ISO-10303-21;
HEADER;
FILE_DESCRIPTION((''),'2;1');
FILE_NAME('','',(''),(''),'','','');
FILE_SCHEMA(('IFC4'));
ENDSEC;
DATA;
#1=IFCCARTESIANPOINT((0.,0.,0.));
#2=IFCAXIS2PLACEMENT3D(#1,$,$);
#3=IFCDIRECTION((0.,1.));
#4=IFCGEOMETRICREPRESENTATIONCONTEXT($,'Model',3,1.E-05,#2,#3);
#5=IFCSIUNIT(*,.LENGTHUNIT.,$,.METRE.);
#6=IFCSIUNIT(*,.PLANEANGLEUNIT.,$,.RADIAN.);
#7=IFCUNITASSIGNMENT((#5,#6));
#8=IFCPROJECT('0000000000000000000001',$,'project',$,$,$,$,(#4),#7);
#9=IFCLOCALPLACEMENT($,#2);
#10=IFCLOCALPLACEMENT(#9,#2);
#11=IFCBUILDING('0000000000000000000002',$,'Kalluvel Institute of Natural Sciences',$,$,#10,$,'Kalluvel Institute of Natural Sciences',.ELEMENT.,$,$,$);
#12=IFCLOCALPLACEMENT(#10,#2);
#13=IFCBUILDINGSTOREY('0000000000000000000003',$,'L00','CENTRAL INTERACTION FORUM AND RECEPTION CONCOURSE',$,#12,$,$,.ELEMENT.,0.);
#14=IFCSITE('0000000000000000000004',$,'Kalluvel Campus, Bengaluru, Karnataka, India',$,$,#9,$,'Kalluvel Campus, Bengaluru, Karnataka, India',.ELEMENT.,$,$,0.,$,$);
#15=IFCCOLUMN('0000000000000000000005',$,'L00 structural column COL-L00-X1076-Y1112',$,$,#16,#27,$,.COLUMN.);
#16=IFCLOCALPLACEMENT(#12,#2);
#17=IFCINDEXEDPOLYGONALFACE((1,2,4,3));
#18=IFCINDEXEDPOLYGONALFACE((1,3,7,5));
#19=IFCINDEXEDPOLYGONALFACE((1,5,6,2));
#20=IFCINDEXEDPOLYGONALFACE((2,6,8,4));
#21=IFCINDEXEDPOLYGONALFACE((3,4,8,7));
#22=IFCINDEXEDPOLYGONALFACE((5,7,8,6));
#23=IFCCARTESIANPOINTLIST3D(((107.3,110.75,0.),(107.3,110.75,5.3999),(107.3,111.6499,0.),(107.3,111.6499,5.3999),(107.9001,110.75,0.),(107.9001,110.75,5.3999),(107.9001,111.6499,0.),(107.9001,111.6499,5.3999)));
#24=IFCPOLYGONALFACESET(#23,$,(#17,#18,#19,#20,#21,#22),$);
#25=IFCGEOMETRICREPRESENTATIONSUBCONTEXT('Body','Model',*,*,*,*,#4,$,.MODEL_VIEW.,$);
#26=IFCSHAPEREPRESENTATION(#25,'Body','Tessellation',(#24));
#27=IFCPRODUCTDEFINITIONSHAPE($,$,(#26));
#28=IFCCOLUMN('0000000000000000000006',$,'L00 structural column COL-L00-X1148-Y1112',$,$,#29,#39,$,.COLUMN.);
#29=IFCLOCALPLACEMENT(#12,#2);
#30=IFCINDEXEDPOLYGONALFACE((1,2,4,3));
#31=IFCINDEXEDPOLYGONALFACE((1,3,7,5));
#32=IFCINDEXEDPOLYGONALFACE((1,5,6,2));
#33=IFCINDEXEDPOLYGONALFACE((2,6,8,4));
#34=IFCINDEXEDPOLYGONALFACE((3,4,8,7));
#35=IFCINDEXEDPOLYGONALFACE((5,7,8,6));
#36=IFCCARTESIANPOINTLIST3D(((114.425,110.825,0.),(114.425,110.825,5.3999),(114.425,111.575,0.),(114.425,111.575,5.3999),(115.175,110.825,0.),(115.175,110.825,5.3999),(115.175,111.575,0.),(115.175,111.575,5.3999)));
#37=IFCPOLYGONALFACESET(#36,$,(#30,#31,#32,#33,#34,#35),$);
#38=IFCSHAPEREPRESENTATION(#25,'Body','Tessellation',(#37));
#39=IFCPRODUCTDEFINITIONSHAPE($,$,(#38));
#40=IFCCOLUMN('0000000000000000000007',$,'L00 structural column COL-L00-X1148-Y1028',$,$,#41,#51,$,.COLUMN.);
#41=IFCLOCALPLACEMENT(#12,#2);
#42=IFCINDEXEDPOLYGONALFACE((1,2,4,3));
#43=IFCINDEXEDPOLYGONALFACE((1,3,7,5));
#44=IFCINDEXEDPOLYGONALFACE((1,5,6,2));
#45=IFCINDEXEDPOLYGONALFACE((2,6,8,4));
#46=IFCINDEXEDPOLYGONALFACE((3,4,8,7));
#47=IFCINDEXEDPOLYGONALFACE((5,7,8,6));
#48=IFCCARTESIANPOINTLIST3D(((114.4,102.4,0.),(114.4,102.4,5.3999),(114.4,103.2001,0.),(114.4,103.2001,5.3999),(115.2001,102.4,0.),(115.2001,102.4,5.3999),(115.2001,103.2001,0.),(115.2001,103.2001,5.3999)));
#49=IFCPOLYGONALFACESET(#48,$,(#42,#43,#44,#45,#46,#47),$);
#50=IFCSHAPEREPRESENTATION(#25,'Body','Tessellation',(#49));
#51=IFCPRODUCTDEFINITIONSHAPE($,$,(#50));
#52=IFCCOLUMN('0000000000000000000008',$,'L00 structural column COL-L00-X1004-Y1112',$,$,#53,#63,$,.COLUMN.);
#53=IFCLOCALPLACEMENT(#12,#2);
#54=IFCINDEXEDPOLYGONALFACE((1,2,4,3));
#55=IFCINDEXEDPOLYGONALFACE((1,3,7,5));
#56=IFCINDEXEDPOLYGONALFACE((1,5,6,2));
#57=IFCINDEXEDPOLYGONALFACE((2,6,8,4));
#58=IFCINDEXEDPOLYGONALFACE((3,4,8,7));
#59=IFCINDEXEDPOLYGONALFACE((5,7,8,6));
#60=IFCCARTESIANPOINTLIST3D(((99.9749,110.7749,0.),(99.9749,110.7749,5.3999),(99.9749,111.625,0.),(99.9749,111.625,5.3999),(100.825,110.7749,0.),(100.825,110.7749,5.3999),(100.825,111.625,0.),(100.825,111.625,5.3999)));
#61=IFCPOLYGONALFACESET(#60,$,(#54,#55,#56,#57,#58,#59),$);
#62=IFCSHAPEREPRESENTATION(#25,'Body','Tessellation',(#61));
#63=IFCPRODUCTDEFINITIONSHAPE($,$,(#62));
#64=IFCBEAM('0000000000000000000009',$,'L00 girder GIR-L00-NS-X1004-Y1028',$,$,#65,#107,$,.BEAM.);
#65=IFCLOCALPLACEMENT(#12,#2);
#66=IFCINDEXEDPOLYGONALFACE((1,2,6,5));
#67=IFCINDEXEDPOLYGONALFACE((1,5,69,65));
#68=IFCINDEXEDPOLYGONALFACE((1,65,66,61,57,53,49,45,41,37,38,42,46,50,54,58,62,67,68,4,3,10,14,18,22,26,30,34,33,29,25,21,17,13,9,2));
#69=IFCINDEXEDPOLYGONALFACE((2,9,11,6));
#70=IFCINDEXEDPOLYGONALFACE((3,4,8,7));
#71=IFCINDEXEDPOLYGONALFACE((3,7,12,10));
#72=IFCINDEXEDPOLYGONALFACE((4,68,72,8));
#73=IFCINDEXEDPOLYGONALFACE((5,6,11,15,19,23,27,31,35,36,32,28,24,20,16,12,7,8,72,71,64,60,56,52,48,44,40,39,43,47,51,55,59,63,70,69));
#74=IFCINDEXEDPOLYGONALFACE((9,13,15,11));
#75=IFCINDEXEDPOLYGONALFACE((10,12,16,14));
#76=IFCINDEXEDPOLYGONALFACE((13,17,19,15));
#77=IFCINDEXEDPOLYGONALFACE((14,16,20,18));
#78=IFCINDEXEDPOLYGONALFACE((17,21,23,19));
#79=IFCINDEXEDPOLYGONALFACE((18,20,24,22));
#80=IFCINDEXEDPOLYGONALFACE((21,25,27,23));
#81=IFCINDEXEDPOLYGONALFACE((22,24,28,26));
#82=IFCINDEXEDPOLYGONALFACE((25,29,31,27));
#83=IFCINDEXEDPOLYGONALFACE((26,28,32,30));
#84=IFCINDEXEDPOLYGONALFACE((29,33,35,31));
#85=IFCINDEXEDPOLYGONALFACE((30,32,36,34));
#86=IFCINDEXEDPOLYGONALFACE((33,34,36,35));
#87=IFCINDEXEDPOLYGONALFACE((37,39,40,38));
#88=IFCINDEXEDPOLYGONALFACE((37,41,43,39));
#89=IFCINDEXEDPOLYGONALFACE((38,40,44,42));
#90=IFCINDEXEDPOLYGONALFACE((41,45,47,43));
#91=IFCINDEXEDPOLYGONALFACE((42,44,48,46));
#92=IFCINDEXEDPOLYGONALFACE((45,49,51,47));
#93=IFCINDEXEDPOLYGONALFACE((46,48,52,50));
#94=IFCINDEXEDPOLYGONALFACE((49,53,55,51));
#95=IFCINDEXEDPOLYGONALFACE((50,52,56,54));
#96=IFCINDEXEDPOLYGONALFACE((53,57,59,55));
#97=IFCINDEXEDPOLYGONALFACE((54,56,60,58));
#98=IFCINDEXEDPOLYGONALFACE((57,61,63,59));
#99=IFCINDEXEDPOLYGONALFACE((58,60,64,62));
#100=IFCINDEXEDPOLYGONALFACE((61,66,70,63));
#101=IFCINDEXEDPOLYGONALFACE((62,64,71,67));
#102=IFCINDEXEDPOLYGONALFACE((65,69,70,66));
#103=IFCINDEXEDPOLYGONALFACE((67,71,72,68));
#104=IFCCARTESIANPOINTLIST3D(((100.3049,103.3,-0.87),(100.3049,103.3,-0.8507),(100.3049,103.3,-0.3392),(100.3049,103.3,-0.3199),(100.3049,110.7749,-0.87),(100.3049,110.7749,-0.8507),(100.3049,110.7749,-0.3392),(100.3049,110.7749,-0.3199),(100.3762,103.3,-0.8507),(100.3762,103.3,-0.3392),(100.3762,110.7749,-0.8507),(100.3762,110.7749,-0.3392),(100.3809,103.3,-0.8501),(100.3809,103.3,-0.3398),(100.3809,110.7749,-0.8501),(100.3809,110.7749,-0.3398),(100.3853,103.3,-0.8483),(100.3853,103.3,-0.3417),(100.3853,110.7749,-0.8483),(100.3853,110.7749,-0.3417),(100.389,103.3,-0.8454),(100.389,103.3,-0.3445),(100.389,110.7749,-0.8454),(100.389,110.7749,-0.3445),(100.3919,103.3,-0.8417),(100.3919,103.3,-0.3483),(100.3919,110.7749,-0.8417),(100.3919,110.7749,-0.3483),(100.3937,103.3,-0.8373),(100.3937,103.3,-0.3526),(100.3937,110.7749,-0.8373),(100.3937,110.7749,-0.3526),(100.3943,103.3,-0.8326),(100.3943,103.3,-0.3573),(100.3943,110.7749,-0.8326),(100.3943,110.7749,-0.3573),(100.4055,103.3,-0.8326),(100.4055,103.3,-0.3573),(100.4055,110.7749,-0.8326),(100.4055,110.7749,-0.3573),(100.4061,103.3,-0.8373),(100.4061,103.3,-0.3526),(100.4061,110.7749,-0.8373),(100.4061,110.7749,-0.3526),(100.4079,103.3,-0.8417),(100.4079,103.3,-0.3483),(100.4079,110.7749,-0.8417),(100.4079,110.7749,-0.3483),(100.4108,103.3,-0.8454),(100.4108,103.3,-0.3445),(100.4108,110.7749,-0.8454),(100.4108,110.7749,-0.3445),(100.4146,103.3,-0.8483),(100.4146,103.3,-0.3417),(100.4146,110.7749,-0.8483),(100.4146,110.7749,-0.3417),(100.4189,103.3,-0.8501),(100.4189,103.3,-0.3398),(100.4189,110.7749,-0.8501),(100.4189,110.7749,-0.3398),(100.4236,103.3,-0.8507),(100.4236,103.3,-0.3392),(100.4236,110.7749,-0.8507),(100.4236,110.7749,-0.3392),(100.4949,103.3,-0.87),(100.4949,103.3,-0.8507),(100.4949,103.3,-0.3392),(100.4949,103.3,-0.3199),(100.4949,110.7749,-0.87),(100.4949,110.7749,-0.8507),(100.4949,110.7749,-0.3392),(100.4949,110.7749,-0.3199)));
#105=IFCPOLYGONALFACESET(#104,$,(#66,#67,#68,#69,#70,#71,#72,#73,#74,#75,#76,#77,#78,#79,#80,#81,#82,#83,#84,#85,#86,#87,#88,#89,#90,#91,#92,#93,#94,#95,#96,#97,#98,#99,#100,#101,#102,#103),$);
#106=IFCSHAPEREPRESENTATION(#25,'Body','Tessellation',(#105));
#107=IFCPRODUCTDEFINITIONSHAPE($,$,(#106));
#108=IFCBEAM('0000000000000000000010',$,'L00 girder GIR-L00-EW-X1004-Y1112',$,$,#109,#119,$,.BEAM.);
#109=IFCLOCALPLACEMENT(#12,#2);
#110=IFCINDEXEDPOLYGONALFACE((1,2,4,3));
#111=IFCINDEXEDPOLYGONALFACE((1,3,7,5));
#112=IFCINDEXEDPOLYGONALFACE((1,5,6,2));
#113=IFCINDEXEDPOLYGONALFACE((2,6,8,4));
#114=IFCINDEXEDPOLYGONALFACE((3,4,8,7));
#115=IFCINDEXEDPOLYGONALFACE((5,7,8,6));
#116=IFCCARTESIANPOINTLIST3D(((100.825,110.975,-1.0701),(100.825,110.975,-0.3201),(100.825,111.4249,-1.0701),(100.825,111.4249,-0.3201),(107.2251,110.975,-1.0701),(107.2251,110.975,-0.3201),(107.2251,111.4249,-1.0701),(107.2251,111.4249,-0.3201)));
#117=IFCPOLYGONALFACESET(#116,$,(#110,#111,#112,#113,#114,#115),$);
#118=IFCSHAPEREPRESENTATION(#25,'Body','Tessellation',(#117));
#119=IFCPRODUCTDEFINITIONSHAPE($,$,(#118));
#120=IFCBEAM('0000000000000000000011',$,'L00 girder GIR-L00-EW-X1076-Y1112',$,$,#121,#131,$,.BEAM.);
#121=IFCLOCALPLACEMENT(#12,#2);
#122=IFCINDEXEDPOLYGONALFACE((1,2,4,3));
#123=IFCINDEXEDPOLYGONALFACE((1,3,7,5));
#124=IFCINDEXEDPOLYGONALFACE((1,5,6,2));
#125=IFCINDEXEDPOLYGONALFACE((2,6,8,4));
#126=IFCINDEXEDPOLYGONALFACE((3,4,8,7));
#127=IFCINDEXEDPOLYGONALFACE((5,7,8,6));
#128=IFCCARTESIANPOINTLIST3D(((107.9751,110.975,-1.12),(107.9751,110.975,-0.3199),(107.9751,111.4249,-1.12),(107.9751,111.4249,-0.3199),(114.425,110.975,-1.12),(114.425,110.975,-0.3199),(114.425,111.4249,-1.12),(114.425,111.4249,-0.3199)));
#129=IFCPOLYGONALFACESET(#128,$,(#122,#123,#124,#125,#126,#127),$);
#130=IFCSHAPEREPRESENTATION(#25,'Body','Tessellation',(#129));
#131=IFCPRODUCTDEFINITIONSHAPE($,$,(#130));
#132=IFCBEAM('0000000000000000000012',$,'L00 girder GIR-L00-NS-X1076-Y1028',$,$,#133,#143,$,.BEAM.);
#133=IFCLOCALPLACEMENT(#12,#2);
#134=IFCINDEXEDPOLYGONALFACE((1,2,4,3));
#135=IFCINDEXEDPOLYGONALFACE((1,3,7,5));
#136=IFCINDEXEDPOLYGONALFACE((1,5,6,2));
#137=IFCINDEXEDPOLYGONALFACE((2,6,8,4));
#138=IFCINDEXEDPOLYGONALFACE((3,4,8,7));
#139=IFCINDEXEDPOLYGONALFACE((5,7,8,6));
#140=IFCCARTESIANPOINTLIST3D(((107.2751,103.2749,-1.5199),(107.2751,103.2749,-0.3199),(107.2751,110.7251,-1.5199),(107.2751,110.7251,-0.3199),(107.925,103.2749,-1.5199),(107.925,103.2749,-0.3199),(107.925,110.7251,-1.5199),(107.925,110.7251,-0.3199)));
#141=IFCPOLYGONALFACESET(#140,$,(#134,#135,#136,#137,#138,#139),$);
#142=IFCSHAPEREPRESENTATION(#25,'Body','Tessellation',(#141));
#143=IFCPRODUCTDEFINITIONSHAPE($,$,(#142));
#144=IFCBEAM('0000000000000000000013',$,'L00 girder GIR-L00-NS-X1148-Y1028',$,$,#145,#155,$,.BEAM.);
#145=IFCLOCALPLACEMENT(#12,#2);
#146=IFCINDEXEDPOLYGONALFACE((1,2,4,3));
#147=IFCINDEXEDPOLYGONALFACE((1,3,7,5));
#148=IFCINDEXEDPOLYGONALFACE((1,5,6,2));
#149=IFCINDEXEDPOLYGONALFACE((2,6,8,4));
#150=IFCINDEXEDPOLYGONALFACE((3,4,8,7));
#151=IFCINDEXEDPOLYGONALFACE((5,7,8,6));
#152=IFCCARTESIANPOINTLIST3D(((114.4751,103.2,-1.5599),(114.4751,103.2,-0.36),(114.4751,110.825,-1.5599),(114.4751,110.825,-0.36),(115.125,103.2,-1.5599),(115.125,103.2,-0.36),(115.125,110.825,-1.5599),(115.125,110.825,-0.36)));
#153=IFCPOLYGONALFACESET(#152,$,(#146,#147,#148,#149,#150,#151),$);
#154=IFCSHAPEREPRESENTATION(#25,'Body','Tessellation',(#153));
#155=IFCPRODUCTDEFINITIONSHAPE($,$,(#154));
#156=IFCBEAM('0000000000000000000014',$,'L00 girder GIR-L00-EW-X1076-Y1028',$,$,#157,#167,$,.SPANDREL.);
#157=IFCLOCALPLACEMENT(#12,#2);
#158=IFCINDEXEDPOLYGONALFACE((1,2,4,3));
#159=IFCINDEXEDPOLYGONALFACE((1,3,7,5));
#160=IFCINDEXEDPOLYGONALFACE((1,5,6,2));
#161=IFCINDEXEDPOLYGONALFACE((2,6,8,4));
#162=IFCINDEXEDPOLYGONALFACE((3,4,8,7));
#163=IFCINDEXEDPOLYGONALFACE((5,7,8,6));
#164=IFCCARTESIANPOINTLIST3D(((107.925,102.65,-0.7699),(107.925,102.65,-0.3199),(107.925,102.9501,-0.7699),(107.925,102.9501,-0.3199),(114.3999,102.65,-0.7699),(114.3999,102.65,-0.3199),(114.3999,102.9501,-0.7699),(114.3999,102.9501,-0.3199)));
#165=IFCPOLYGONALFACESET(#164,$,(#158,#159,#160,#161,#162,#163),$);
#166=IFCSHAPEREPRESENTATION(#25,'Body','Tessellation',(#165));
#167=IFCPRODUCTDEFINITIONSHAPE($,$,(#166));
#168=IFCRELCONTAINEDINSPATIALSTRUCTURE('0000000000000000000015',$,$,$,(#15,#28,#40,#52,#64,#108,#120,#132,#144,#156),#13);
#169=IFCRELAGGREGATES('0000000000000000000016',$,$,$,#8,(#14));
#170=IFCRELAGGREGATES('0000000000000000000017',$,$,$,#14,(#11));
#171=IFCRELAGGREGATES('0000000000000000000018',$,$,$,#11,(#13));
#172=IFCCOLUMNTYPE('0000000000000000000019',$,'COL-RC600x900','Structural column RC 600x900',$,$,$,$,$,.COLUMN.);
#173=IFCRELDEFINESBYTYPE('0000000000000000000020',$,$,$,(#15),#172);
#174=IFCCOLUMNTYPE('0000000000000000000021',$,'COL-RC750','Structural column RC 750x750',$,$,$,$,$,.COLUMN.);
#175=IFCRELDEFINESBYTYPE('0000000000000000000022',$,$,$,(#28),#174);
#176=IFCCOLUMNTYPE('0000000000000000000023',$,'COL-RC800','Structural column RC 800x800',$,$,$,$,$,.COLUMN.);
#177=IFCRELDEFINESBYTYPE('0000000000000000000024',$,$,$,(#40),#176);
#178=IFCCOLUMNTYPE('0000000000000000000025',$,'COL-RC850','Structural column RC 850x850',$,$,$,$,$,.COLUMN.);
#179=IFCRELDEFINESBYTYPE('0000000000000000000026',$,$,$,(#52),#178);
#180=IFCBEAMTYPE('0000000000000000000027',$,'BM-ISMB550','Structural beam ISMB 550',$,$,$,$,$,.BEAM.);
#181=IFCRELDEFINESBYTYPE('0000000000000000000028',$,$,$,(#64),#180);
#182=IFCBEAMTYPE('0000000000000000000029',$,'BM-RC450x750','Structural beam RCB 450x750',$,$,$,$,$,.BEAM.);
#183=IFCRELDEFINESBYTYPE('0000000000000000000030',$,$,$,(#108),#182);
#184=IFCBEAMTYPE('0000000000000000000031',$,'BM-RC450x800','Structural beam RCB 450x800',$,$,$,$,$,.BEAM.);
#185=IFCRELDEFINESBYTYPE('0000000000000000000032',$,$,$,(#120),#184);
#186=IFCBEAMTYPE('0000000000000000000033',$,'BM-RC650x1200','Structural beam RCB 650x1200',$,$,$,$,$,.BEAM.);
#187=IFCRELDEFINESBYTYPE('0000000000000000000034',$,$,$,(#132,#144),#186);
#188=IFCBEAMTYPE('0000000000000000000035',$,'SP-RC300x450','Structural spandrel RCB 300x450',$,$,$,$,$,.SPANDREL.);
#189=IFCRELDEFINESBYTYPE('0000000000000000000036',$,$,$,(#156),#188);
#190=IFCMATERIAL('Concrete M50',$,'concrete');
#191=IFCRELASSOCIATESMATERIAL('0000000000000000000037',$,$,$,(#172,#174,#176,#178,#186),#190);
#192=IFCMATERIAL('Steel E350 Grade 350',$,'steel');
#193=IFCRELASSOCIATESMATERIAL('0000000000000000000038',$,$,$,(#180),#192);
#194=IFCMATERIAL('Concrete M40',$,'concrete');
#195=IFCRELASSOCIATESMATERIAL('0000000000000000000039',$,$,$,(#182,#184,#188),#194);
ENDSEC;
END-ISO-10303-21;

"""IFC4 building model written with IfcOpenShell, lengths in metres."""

from ifc_helpers import new_model, si_unit, direction, frame, origin, origin_2d, place, context, subcontext, project, spatial, rectangle, i_section, extrude, material, material_profile, profile_set, type_object, element, save


model = new_model("IFC4")

# Units and contexts
model_context = context("Model", 3, precision=1e-05, world=origin(), true_north=direction((0.0, 1.0)))
body_context = subcontext(model_context, "Body", "Model", "MODEL_VIEW")
ifc_project = project(units=[si_unit("LENGTHUNIT", "METRE"), si_unit("PLANEANGLEUNIT", "RADIAN")], contexts=[model_context])

# Site, building, storey
site_placement = place(None, origin())
site = spatial("IfcSite", under=ifc_project, at=site_placement, Name="Kalluvel Campus, Bengaluru, Karnataka, India", LongName="Kalluvel Campus, Bengaluru, Karnataka, India", CompositionType="ELEMENT", RefElevation=0.0)
building_placement = place(site_placement, origin())
building = spatial("IfcBuilding", under=site, at=building_placement, Name="Kalluvel Institute of Natural Sciences", LongName="Kalluvel Institute of Natural Sciences", CompositionType="ELEMENT")
storey_placement = place(building_placement, origin())
storey = spatial("IfcBuildingStorey", under=building, at=storey_placement, Name="L00", Description="CENTRAL INTERACTION FORUM AND RECEPTION CONCOURSE", CompositionType="ELEMENT", Elevation=0.0)

# Columns
ifc_material_1 = material(Name="Concrete M50", Category="concrete")
ifc_material_profile_1 = material_profile(ifc_material_1, rectangle(XDim=0.6001, YDim=0.8999, at=origin_2d()), Name="RC 600x900")
ifc_profile_set_1 = profile_set([ifc_material_profile_1], Name="Concrete M50")
column_type_1 = type_object("IfcColumnType", Name="COL-RC600x900", Description="Structural column RC 600x900", PredefinedType="COLUMN", material=ifc_profile_set_1)
column_1_placement = place(storey_placement, frame((107.6001, 111.2, 0.0), z_axis=(0.0, 0.0, 1.0), x_axis=(1.0, 0.0, 0.0)))
element("IfcColumn", 1, at=column_1_placement, inside=storey, type_object=column_type_1, Name="L00 structural column COL-L00-X1076-Y1112", PredefinedType="COLUMN", context=body_context, shape_type="SweptSolid", body=[
    extrude(rectangle(XDim=0.6001, YDim=0.8999, at=origin_2d()), origin(), (0.0, 0.0, 1.0), 5.3999),
])
ifc_material_profile_2 = material_profile(ifc_material_1, rectangle(XDim=0.75, YDim=0.75, at=origin_2d()), Name="RC 750x750")
ifc_profile_set_2 = profile_set([ifc_material_profile_2], Name="Concrete M50")
column_type_2 = type_object("IfcColumnType", Name="COL-RC750", Description="Structural column RC 750x750", PredefinedType="COLUMN", material=ifc_profile_set_2)
column_2_placement = place(storey_placement, frame((114.8, 111.2, 0.0), z_axis=(0.0, 0.0, 1.0), x_axis=(1.0, 0.0, 0.0)))
element("IfcColumn", 2, at=column_2_placement, inside=storey, type_object=column_type_2, Name="L00 structural column COL-L00-X1148-Y1112", PredefinedType="COLUMN", context=body_context, shape_type="SweptSolid", body=[
    extrude(rectangle(XDim=0.75, YDim=0.75, at=origin_2d()), origin(), (0.0, 0.0, 1.0), 5.3999),
])
ifc_material_profile_3 = material_profile(ifc_material_1, rectangle(XDim=0.8, YDim=0.8, at=origin_2d()), Name="RC 800x800")
ifc_profile_set_3 = profile_set([ifc_material_profile_3], Name="Concrete M50")
column_type_3 = type_object("IfcColumnType", Name="COL-RC800", Description="Structural column RC 800x800", PredefinedType="COLUMN", material=ifc_profile_set_3)
column_3_placement = place(storey_placement, frame((114.8, 102.8, 0.0), z_axis=(0.0, 0.0, 1.0), x_axis=(1.0, 0.0, 0.0)))
element("IfcColumn", 3, at=column_3_placement, inside=storey, type_object=column_type_3, Name="L00 structural column COL-L00-X1148-Y1028", PredefinedType="COLUMN", context=body_context, shape_type="SweptSolid", body=[
    extrude(rectangle(XDim=0.8, YDim=0.8, at=origin_2d()), origin(), (0.0, 0.0, 1.0), 5.3999),
])
ifc_material_profile_4 = material_profile(ifc_material_1, rectangle(XDim=0.8501, YDim=0.8501, at=origin_2d()), Name="RC 850x850")
ifc_profile_set_4 = profile_set([ifc_material_profile_4], Name="Concrete M50")
column_type_4 = type_object("IfcColumnType", Name="COL-RC850", Description="Structural column RC 850x850", PredefinedType="COLUMN", material=ifc_profile_set_4)
column_4_placement = place(storey_placement, frame((100.3999, 111.2, 0.0), z_axis=(0.0, 0.0, 1.0), x_axis=(1.0, 0.0, 0.0)))
element("IfcColumn", 4, at=column_4_placement, inside=storey, type_object=column_type_4, Name="L00 structural column COL-L00-X1004-Y1112", PredefinedType="COLUMN", context=body_context, shape_type="SweptSolid", body=[
    extrude(rectangle(XDim=0.8501, YDim=0.8501, at=origin_2d()), origin(), (0.0, 0.0, 1.0), 5.3999),
])

# Beams
ifc_material_2 = material(Name="Steel E350 Grade 350", Category="steel")
ifc_material_profile_5 = material_profile(ifc_material_2, i_section(OverallWidth=0.1899, OverallDepth=0.55, WebThickness=0.0112, FlangeThickness=0.0193, FilletRadius=0.0181, at=origin_2d()), Name="ISMB 550")
ifc_profile_set_5 = profile_set([ifc_material_profile_5], Name="Steel E350 Grade 350")
beam_type_1 = type_object("IfcBeamType", Name="BM-ISMB550", Description="Structural beam ISMB 550", PredefinedType="BEAM", material=ifc_profile_set_5)
beam_1_placement = place(storey_placement, frame((100.3999, 103.3, -0.595), z_axis=(0.0, 1.0, 0.0), x_axis=(-1.0, 0.0, 0.0)))
element("IfcBeam", 5, at=beam_1_placement, inside=storey, type_object=beam_type_1, Name="L00 girder GIR-L00-NS-X1004-Y1028", PredefinedType="BEAM", context=body_context, shape_type="SweptSolid", body=[
    extrude(i_section(OverallWidth=0.1899, OverallDepth=0.55, WebThickness=0.0112, FlangeThickness=0.0193, FilletRadius=0.0181, at=origin_2d()), origin(), (0.0, 0.0, 1.0), 7.4749),
])
ifc_material_3 = material(Name="Concrete M40", Category="concrete")
ifc_material_profile_6 = material_profile(ifc_material_3, rectangle(XDim=0.45, YDim=0.75, at=origin_2d()), Name="RCB 450x750")
ifc_profile_set_6 = profile_set([ifc_material_profile_6], Name="Concrete M40")
beam_type_2 = type_object("IfcBeamType", Name="BM-RC450x750", Description="Structural beam RCB 450x750", PredefinedType="BEAM", material=ifc_profile_set_6)
beam_2_placement = place(storey_placement, frame((100.825, 111.2, -0.6951), z_axis=(1.0, 0.0, 0.0), x_axis=(0.0, 1.0, 0.0)))
element("IfcBeam", 6, at=beam_2_placement, inside=storey, type_object=beam_type_2, Name="L00 girder GIR-L00-EW-X1004-Y1112", PredefinedType="BEAM", context=body_context, shape_type="SweptSolid", body=[
    extrude(rectangle(XDim=0.45, YDim=0.75, at=origin_2d()), origin(), (0.0, 0.0, 1.0), 6.4001),
])
ifc_material_profile_7 = material_profile(ifc_material_3, rectangle(XDim=0.45, YDim=0.8, at=origin_2d()), Name="RCB 450x800")
ifc_profile_set_7 = profile_set([ifc_material_profile_7], Name="Concrete M40")
beam_type_3 = type_object("IfcBeamType", Name="BM-RC450x800", Description="Structural beam RCB 450x800", PredefinedType="BEAM", material=ifc_profile_set_7)
beam_3_placement = place(storey_placement, frame((107.9751, 111.2, -0.72), z_axis=(1.0, 0.0, 0.0), x_axis=(0.0, 1.0, 0.0)))
element("IfcBeam", 7, at=beam_3_placement, inside=storey, type_object=beam_type_3, Name="L00 girder GIR-L00-EW-X1076-Y1112", PredefinedType="BEAM", context=body_context, shape_type="SweptSolid", body=[
    extrude(rectangle(XDim=0.45, YDim=0.8, at=origin_2d()), origin(), (0.0, 0.0, 1.0), 6.45),
])
ifc_material_profile_8 = material_profile(ifc_material_1, rectangle(XDim=0.6499, YDim=1.2, at=origin_2d()), Name="RCB 650x1200")
ifc_profile_set_8 = profile_set([ifc_material_profile_8], Name="Concrete M50")
beam_type_4 = type_object("IfcBeamType", Name="BM-RC650x1200", Description="Structural beam RCB 650x1200", PredefinedType="BEAM", material=ifc_profile_set_8)
beam_4_placement = place(storey_placement, frame((107.6001, 103.2749, -0.9199), z_axis=(0.0, 1.0, 0.0), x_axis=(-1.0, 0.0, 0.0)))
element("IfcBeam", 8, at=beam_4_placement, inside=storey, type_object=beam_type_4, Name="L00 girder GIR-L00-NS-X1076-Y1028", PredefinedType="BEAM", context=body_context, shape_type="SweptSolid", body=[
    extrude(rectangle(XDim=0.6499, YDim=1.2, at=origin_2d()), origin(), (0.0, 0.0, 1.0), 7.4502),
])
beam_5_placement = place(storey_placement, frame((114.8, 103.2, -0.96), z_axis=(0.0, 1.0, 0.0), x_axis=(-1.0, 0.0, 0.0)))
element("IfcBeam", 9, at=beam_5_placement, inside=storey, type_object=beam_type_4, Name="L00 girder GIR-L00-NS-X1148-Y1028", PredefinedType="BEAM", context=body_context, shape_type="SweptSolid", body=[
    extrude(rectangle(XDim=0.6499, YDim=1.2, at=origin_2d()), origin(), (0.0, 0.0, 1.0), 7.625),
])
ifc_material_profile_9 = material_profile(ifc_material_3, rectangle(XDim=0.3, YDim=0.45, at=origin_2d()), Name="RCB 300x450")
ifc_profile_set_9 = profile_set([ifc_material_profile_9], Name="Concrete M40")
beam_type_5 = type_object("IfcBeamType", Name="SP-RC300x450", Description="Structural spandrel RCB 300x450", PredefinedType="SPANDREL", material=ifc_profile_set_9)
beam_6_placement = place(storey_placement, frame((107.925, 102.8, -0.5449), z_axis=(1.0, 0.0, 0.0), x_axis=(0.0, 1.0, 0.0)))
element("IfcBeam", 10, at=beam_6_placement, inside=storey, type_object=beam_type_5, Name="L00 girder GIR-L00-EW-X1076-Y1028", PredefinedType="SPANDREL", context=body_context, shape_type="SweptSolid", body=[
    extrude(rectangle(XDim=0.3, YDim=0.45, at=origin_2d()), origin(), (0.0, 0.0, 1.0), 6.4749),
])

save(model, "model.ifc")
